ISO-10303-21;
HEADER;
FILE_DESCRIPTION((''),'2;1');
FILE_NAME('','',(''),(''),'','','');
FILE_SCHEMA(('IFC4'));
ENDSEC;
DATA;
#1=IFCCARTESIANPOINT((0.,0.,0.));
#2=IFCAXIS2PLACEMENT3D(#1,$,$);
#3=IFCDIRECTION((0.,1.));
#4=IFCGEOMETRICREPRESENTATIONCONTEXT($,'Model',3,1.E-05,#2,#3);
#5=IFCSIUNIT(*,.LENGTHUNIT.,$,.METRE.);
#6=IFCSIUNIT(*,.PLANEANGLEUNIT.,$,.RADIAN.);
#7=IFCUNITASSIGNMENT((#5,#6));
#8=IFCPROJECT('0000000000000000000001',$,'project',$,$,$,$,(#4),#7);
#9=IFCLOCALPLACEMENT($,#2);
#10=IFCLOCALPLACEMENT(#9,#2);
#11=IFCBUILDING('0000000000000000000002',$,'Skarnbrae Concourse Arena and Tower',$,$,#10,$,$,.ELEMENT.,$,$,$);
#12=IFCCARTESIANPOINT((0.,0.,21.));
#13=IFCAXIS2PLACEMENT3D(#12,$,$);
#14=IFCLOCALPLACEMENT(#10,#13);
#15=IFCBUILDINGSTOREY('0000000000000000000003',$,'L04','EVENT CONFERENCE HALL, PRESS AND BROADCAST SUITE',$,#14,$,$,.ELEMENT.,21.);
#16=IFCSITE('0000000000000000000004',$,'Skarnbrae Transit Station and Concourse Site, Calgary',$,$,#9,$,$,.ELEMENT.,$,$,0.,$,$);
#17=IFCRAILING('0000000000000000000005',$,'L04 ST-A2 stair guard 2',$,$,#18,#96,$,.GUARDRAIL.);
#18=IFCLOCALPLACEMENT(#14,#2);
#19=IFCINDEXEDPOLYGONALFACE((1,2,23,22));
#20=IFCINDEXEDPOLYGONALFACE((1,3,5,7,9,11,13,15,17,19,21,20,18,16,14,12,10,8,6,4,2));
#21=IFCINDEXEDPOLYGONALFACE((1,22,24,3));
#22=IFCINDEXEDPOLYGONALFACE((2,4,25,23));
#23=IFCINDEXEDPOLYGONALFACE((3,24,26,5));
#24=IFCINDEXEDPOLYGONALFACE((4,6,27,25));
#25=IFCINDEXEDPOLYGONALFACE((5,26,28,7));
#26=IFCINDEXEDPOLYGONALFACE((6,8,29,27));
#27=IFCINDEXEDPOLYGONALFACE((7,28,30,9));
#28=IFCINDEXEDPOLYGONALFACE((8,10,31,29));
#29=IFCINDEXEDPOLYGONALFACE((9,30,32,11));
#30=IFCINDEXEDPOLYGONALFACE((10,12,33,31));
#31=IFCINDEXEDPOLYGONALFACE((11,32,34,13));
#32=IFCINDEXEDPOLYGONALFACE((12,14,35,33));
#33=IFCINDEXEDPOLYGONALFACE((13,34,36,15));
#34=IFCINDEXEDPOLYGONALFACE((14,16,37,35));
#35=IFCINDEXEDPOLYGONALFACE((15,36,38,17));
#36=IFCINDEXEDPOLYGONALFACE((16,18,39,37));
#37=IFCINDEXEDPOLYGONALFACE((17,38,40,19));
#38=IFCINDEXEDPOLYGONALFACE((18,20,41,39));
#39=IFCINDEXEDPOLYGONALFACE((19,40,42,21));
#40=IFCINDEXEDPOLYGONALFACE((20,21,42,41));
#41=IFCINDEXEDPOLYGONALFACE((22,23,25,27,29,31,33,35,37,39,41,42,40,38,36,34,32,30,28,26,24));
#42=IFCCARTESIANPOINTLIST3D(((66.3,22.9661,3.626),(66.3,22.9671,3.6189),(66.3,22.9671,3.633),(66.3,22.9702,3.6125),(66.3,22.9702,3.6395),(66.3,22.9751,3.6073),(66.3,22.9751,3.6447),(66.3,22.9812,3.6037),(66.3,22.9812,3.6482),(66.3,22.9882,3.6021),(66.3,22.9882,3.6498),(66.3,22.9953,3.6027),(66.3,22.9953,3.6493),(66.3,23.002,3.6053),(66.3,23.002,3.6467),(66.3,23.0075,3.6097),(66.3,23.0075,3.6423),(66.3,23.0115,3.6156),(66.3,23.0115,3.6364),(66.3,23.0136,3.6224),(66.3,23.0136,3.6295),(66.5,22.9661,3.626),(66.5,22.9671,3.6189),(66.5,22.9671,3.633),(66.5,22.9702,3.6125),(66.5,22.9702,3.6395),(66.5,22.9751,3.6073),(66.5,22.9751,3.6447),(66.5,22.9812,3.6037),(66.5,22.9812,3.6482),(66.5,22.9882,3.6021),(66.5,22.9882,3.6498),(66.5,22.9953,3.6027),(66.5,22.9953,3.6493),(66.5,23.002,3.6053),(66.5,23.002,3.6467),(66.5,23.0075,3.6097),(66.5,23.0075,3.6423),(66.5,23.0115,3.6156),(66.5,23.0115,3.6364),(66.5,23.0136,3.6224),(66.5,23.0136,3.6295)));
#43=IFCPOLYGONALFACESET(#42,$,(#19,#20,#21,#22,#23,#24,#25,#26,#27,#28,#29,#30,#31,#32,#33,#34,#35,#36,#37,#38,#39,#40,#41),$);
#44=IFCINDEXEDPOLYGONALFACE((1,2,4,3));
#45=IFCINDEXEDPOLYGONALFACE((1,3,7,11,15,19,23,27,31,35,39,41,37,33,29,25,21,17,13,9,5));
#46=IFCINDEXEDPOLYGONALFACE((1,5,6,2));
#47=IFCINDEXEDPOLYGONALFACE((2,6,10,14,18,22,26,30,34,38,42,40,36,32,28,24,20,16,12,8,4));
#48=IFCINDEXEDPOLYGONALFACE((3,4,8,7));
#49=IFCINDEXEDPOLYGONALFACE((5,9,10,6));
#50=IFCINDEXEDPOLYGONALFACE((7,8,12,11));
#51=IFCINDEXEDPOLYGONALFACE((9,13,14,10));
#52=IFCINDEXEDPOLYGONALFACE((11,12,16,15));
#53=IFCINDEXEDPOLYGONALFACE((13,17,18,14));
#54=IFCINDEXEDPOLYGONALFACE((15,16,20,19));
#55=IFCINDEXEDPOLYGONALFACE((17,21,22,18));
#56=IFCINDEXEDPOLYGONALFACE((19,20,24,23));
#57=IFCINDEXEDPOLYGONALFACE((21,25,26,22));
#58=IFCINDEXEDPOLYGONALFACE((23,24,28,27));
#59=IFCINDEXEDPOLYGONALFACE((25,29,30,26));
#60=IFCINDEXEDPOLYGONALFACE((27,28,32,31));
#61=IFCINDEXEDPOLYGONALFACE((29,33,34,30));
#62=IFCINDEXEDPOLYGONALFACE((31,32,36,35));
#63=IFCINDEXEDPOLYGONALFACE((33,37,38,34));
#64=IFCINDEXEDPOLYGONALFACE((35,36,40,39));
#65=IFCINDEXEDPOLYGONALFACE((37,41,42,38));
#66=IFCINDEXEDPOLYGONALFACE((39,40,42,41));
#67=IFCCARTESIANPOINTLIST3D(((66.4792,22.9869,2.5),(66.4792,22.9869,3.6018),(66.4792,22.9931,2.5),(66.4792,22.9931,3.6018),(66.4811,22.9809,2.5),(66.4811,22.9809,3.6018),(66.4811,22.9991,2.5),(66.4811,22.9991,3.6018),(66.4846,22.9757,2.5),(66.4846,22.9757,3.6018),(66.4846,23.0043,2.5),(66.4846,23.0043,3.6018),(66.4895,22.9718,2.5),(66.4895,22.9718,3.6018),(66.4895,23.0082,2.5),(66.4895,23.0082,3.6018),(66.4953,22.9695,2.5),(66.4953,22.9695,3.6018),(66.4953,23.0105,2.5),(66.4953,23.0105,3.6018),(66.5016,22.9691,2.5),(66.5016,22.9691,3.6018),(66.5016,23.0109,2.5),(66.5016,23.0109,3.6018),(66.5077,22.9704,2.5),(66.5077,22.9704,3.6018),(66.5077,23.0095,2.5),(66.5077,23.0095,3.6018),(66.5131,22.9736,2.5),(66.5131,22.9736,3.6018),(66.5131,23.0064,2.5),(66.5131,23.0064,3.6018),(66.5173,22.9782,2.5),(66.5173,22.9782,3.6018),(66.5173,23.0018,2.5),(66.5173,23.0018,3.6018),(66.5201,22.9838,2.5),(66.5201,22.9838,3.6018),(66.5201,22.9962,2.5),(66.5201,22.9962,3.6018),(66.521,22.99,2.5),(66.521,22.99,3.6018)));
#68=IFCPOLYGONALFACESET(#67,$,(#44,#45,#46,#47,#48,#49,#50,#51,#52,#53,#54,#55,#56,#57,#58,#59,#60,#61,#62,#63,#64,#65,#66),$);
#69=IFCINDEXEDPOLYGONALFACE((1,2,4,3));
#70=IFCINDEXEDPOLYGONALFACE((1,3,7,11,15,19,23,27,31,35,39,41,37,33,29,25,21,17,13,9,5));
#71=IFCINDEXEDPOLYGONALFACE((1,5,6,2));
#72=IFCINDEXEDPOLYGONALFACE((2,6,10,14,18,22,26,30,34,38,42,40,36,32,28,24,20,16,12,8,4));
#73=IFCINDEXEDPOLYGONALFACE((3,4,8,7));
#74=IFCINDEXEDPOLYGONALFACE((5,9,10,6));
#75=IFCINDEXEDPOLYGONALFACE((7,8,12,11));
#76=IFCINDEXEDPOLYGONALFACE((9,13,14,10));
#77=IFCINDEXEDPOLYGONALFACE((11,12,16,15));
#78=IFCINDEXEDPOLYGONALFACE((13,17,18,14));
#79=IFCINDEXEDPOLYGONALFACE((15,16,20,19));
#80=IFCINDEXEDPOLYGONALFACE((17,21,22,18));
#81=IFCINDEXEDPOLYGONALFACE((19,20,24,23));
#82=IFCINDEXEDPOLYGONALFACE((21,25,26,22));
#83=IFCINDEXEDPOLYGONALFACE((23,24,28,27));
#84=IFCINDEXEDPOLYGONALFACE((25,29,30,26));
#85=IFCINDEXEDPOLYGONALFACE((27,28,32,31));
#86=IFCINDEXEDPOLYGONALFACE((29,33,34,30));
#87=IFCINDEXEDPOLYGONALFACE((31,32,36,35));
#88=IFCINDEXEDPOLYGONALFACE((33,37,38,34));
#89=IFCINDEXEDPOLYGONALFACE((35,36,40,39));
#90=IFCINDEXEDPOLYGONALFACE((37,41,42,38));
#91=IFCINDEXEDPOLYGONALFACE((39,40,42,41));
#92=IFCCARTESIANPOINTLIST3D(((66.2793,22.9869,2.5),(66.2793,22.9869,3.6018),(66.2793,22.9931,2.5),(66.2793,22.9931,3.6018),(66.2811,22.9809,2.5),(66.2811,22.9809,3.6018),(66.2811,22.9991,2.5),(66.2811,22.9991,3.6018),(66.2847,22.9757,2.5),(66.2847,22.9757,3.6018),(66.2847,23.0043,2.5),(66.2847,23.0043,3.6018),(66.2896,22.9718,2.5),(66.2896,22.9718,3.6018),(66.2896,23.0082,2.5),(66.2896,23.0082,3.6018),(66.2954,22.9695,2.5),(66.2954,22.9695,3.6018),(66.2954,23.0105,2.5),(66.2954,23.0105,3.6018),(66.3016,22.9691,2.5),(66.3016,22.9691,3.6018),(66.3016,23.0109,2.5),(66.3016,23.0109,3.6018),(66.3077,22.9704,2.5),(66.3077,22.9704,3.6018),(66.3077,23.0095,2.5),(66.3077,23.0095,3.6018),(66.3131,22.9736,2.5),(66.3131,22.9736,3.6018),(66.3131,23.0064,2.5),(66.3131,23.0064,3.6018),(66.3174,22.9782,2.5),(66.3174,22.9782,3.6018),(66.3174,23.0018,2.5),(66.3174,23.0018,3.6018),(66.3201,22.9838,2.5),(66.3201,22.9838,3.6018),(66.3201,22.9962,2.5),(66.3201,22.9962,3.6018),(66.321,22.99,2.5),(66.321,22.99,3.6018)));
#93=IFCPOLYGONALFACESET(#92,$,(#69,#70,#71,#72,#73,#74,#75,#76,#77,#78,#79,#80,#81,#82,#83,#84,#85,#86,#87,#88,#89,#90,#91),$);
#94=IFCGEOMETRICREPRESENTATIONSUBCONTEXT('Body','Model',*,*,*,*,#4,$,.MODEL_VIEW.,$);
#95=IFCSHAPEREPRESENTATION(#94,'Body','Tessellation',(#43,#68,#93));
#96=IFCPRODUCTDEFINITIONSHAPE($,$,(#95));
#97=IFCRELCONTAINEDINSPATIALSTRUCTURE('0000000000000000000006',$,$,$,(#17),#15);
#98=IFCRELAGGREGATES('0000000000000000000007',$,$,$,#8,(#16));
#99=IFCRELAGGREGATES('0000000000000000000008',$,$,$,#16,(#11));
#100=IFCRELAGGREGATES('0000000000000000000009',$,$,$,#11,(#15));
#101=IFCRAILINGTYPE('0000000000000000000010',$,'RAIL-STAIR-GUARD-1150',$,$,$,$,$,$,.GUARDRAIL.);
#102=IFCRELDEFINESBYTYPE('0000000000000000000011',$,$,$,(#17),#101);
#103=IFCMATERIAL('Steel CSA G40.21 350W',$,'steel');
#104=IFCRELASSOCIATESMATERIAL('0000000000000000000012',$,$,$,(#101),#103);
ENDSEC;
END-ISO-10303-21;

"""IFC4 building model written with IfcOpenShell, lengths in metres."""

from ifc_helpers import new_model, si_unit, direction, frame, origin, origin_2d, place, context, subcontext, project, spatial, circle, extrude, material, type_object, element, save


model = new_model("IFC4")

# Units and contexts
model_context = context("Model", 3, precision=1e-05, world=origin(), true_north=direction((0.0, 1.0)))
body_context = subcontext(model_context, "Body", "Model", "MODEL_VIEW")
ifc_project = project(units=[si_unit("LENGTHUNIT", "METRE"), si_unit("PLANEANGLEUNIT", "RADIAN")], contexts=[model_context])

# Site, building, storey
site_placement = place(None, origin())
site = spatial("IfcSite", under=ifc_project, at=site_placement, Name="Skarnbrae Transit Station and Concourse Site, Calgary", CompositionType="ELEMENT", RefElevation=0.0)
building_placement = place(site_placement, origin())
building = spatial("IfcBuilding", under=site, at=building_placement, Name="Skarnbrae Concourse Arena and Tower", CompositionType="ELEMENT")
storey_placement = place(building_placement, frame((0.0, 0.0, 21.0)))
storey = spatial("IfcBuildingStorey", under=building, at=storey_placement, Name="L04", Description="EVENT CONFERENCE HALL, PRESS AND BROADCAST SUITE", CompositionType="ELEMENT", Elevation=21.0)

# Shared definitions
ifc_material_1 = material(Name="Steel CSA G40.21 350W", Category="steel")

# Railing
railing_type_1 = type_object("IfcRailingType", Name="RAIL-STAIR-GUARD-1150", PredefinedType="GUARDRAIL", material=ifc_material_1)
railing_1_placement = place(storey_placement, frame((66.5, 22.99, 2.5)))
element("IfcRailing", 1, at=railing_1_placement, inside=storey, type_object=railing_type_1, Name="L04 ST-A2 stair guard 2", PredefinedType="GUARDRAIL", context=body_context, shape_type="SweptSolid", body=[
    extrude(circle(Radius=0.0239, at=origin_2d()), frame((0.0, 0.0, 1.126), z_axis=(-1.0, 0.0, 0.0), x_axis=(0.0, -1.0, 0.0)), (0.0, 0.0, 1.0), 0.2),
    extrude(circle(Radius=0.021, at=origin_2d()), origin(), (0.0, 0.0, 1.0), 1.1018),
    extrude(circle(Radius=0.021, at=origin_2d()), frame((-0.2, 0.0, 0.0)), (0.0, 0.0, 1.0), 1.1018),
])

save(model, "model.ifc")
